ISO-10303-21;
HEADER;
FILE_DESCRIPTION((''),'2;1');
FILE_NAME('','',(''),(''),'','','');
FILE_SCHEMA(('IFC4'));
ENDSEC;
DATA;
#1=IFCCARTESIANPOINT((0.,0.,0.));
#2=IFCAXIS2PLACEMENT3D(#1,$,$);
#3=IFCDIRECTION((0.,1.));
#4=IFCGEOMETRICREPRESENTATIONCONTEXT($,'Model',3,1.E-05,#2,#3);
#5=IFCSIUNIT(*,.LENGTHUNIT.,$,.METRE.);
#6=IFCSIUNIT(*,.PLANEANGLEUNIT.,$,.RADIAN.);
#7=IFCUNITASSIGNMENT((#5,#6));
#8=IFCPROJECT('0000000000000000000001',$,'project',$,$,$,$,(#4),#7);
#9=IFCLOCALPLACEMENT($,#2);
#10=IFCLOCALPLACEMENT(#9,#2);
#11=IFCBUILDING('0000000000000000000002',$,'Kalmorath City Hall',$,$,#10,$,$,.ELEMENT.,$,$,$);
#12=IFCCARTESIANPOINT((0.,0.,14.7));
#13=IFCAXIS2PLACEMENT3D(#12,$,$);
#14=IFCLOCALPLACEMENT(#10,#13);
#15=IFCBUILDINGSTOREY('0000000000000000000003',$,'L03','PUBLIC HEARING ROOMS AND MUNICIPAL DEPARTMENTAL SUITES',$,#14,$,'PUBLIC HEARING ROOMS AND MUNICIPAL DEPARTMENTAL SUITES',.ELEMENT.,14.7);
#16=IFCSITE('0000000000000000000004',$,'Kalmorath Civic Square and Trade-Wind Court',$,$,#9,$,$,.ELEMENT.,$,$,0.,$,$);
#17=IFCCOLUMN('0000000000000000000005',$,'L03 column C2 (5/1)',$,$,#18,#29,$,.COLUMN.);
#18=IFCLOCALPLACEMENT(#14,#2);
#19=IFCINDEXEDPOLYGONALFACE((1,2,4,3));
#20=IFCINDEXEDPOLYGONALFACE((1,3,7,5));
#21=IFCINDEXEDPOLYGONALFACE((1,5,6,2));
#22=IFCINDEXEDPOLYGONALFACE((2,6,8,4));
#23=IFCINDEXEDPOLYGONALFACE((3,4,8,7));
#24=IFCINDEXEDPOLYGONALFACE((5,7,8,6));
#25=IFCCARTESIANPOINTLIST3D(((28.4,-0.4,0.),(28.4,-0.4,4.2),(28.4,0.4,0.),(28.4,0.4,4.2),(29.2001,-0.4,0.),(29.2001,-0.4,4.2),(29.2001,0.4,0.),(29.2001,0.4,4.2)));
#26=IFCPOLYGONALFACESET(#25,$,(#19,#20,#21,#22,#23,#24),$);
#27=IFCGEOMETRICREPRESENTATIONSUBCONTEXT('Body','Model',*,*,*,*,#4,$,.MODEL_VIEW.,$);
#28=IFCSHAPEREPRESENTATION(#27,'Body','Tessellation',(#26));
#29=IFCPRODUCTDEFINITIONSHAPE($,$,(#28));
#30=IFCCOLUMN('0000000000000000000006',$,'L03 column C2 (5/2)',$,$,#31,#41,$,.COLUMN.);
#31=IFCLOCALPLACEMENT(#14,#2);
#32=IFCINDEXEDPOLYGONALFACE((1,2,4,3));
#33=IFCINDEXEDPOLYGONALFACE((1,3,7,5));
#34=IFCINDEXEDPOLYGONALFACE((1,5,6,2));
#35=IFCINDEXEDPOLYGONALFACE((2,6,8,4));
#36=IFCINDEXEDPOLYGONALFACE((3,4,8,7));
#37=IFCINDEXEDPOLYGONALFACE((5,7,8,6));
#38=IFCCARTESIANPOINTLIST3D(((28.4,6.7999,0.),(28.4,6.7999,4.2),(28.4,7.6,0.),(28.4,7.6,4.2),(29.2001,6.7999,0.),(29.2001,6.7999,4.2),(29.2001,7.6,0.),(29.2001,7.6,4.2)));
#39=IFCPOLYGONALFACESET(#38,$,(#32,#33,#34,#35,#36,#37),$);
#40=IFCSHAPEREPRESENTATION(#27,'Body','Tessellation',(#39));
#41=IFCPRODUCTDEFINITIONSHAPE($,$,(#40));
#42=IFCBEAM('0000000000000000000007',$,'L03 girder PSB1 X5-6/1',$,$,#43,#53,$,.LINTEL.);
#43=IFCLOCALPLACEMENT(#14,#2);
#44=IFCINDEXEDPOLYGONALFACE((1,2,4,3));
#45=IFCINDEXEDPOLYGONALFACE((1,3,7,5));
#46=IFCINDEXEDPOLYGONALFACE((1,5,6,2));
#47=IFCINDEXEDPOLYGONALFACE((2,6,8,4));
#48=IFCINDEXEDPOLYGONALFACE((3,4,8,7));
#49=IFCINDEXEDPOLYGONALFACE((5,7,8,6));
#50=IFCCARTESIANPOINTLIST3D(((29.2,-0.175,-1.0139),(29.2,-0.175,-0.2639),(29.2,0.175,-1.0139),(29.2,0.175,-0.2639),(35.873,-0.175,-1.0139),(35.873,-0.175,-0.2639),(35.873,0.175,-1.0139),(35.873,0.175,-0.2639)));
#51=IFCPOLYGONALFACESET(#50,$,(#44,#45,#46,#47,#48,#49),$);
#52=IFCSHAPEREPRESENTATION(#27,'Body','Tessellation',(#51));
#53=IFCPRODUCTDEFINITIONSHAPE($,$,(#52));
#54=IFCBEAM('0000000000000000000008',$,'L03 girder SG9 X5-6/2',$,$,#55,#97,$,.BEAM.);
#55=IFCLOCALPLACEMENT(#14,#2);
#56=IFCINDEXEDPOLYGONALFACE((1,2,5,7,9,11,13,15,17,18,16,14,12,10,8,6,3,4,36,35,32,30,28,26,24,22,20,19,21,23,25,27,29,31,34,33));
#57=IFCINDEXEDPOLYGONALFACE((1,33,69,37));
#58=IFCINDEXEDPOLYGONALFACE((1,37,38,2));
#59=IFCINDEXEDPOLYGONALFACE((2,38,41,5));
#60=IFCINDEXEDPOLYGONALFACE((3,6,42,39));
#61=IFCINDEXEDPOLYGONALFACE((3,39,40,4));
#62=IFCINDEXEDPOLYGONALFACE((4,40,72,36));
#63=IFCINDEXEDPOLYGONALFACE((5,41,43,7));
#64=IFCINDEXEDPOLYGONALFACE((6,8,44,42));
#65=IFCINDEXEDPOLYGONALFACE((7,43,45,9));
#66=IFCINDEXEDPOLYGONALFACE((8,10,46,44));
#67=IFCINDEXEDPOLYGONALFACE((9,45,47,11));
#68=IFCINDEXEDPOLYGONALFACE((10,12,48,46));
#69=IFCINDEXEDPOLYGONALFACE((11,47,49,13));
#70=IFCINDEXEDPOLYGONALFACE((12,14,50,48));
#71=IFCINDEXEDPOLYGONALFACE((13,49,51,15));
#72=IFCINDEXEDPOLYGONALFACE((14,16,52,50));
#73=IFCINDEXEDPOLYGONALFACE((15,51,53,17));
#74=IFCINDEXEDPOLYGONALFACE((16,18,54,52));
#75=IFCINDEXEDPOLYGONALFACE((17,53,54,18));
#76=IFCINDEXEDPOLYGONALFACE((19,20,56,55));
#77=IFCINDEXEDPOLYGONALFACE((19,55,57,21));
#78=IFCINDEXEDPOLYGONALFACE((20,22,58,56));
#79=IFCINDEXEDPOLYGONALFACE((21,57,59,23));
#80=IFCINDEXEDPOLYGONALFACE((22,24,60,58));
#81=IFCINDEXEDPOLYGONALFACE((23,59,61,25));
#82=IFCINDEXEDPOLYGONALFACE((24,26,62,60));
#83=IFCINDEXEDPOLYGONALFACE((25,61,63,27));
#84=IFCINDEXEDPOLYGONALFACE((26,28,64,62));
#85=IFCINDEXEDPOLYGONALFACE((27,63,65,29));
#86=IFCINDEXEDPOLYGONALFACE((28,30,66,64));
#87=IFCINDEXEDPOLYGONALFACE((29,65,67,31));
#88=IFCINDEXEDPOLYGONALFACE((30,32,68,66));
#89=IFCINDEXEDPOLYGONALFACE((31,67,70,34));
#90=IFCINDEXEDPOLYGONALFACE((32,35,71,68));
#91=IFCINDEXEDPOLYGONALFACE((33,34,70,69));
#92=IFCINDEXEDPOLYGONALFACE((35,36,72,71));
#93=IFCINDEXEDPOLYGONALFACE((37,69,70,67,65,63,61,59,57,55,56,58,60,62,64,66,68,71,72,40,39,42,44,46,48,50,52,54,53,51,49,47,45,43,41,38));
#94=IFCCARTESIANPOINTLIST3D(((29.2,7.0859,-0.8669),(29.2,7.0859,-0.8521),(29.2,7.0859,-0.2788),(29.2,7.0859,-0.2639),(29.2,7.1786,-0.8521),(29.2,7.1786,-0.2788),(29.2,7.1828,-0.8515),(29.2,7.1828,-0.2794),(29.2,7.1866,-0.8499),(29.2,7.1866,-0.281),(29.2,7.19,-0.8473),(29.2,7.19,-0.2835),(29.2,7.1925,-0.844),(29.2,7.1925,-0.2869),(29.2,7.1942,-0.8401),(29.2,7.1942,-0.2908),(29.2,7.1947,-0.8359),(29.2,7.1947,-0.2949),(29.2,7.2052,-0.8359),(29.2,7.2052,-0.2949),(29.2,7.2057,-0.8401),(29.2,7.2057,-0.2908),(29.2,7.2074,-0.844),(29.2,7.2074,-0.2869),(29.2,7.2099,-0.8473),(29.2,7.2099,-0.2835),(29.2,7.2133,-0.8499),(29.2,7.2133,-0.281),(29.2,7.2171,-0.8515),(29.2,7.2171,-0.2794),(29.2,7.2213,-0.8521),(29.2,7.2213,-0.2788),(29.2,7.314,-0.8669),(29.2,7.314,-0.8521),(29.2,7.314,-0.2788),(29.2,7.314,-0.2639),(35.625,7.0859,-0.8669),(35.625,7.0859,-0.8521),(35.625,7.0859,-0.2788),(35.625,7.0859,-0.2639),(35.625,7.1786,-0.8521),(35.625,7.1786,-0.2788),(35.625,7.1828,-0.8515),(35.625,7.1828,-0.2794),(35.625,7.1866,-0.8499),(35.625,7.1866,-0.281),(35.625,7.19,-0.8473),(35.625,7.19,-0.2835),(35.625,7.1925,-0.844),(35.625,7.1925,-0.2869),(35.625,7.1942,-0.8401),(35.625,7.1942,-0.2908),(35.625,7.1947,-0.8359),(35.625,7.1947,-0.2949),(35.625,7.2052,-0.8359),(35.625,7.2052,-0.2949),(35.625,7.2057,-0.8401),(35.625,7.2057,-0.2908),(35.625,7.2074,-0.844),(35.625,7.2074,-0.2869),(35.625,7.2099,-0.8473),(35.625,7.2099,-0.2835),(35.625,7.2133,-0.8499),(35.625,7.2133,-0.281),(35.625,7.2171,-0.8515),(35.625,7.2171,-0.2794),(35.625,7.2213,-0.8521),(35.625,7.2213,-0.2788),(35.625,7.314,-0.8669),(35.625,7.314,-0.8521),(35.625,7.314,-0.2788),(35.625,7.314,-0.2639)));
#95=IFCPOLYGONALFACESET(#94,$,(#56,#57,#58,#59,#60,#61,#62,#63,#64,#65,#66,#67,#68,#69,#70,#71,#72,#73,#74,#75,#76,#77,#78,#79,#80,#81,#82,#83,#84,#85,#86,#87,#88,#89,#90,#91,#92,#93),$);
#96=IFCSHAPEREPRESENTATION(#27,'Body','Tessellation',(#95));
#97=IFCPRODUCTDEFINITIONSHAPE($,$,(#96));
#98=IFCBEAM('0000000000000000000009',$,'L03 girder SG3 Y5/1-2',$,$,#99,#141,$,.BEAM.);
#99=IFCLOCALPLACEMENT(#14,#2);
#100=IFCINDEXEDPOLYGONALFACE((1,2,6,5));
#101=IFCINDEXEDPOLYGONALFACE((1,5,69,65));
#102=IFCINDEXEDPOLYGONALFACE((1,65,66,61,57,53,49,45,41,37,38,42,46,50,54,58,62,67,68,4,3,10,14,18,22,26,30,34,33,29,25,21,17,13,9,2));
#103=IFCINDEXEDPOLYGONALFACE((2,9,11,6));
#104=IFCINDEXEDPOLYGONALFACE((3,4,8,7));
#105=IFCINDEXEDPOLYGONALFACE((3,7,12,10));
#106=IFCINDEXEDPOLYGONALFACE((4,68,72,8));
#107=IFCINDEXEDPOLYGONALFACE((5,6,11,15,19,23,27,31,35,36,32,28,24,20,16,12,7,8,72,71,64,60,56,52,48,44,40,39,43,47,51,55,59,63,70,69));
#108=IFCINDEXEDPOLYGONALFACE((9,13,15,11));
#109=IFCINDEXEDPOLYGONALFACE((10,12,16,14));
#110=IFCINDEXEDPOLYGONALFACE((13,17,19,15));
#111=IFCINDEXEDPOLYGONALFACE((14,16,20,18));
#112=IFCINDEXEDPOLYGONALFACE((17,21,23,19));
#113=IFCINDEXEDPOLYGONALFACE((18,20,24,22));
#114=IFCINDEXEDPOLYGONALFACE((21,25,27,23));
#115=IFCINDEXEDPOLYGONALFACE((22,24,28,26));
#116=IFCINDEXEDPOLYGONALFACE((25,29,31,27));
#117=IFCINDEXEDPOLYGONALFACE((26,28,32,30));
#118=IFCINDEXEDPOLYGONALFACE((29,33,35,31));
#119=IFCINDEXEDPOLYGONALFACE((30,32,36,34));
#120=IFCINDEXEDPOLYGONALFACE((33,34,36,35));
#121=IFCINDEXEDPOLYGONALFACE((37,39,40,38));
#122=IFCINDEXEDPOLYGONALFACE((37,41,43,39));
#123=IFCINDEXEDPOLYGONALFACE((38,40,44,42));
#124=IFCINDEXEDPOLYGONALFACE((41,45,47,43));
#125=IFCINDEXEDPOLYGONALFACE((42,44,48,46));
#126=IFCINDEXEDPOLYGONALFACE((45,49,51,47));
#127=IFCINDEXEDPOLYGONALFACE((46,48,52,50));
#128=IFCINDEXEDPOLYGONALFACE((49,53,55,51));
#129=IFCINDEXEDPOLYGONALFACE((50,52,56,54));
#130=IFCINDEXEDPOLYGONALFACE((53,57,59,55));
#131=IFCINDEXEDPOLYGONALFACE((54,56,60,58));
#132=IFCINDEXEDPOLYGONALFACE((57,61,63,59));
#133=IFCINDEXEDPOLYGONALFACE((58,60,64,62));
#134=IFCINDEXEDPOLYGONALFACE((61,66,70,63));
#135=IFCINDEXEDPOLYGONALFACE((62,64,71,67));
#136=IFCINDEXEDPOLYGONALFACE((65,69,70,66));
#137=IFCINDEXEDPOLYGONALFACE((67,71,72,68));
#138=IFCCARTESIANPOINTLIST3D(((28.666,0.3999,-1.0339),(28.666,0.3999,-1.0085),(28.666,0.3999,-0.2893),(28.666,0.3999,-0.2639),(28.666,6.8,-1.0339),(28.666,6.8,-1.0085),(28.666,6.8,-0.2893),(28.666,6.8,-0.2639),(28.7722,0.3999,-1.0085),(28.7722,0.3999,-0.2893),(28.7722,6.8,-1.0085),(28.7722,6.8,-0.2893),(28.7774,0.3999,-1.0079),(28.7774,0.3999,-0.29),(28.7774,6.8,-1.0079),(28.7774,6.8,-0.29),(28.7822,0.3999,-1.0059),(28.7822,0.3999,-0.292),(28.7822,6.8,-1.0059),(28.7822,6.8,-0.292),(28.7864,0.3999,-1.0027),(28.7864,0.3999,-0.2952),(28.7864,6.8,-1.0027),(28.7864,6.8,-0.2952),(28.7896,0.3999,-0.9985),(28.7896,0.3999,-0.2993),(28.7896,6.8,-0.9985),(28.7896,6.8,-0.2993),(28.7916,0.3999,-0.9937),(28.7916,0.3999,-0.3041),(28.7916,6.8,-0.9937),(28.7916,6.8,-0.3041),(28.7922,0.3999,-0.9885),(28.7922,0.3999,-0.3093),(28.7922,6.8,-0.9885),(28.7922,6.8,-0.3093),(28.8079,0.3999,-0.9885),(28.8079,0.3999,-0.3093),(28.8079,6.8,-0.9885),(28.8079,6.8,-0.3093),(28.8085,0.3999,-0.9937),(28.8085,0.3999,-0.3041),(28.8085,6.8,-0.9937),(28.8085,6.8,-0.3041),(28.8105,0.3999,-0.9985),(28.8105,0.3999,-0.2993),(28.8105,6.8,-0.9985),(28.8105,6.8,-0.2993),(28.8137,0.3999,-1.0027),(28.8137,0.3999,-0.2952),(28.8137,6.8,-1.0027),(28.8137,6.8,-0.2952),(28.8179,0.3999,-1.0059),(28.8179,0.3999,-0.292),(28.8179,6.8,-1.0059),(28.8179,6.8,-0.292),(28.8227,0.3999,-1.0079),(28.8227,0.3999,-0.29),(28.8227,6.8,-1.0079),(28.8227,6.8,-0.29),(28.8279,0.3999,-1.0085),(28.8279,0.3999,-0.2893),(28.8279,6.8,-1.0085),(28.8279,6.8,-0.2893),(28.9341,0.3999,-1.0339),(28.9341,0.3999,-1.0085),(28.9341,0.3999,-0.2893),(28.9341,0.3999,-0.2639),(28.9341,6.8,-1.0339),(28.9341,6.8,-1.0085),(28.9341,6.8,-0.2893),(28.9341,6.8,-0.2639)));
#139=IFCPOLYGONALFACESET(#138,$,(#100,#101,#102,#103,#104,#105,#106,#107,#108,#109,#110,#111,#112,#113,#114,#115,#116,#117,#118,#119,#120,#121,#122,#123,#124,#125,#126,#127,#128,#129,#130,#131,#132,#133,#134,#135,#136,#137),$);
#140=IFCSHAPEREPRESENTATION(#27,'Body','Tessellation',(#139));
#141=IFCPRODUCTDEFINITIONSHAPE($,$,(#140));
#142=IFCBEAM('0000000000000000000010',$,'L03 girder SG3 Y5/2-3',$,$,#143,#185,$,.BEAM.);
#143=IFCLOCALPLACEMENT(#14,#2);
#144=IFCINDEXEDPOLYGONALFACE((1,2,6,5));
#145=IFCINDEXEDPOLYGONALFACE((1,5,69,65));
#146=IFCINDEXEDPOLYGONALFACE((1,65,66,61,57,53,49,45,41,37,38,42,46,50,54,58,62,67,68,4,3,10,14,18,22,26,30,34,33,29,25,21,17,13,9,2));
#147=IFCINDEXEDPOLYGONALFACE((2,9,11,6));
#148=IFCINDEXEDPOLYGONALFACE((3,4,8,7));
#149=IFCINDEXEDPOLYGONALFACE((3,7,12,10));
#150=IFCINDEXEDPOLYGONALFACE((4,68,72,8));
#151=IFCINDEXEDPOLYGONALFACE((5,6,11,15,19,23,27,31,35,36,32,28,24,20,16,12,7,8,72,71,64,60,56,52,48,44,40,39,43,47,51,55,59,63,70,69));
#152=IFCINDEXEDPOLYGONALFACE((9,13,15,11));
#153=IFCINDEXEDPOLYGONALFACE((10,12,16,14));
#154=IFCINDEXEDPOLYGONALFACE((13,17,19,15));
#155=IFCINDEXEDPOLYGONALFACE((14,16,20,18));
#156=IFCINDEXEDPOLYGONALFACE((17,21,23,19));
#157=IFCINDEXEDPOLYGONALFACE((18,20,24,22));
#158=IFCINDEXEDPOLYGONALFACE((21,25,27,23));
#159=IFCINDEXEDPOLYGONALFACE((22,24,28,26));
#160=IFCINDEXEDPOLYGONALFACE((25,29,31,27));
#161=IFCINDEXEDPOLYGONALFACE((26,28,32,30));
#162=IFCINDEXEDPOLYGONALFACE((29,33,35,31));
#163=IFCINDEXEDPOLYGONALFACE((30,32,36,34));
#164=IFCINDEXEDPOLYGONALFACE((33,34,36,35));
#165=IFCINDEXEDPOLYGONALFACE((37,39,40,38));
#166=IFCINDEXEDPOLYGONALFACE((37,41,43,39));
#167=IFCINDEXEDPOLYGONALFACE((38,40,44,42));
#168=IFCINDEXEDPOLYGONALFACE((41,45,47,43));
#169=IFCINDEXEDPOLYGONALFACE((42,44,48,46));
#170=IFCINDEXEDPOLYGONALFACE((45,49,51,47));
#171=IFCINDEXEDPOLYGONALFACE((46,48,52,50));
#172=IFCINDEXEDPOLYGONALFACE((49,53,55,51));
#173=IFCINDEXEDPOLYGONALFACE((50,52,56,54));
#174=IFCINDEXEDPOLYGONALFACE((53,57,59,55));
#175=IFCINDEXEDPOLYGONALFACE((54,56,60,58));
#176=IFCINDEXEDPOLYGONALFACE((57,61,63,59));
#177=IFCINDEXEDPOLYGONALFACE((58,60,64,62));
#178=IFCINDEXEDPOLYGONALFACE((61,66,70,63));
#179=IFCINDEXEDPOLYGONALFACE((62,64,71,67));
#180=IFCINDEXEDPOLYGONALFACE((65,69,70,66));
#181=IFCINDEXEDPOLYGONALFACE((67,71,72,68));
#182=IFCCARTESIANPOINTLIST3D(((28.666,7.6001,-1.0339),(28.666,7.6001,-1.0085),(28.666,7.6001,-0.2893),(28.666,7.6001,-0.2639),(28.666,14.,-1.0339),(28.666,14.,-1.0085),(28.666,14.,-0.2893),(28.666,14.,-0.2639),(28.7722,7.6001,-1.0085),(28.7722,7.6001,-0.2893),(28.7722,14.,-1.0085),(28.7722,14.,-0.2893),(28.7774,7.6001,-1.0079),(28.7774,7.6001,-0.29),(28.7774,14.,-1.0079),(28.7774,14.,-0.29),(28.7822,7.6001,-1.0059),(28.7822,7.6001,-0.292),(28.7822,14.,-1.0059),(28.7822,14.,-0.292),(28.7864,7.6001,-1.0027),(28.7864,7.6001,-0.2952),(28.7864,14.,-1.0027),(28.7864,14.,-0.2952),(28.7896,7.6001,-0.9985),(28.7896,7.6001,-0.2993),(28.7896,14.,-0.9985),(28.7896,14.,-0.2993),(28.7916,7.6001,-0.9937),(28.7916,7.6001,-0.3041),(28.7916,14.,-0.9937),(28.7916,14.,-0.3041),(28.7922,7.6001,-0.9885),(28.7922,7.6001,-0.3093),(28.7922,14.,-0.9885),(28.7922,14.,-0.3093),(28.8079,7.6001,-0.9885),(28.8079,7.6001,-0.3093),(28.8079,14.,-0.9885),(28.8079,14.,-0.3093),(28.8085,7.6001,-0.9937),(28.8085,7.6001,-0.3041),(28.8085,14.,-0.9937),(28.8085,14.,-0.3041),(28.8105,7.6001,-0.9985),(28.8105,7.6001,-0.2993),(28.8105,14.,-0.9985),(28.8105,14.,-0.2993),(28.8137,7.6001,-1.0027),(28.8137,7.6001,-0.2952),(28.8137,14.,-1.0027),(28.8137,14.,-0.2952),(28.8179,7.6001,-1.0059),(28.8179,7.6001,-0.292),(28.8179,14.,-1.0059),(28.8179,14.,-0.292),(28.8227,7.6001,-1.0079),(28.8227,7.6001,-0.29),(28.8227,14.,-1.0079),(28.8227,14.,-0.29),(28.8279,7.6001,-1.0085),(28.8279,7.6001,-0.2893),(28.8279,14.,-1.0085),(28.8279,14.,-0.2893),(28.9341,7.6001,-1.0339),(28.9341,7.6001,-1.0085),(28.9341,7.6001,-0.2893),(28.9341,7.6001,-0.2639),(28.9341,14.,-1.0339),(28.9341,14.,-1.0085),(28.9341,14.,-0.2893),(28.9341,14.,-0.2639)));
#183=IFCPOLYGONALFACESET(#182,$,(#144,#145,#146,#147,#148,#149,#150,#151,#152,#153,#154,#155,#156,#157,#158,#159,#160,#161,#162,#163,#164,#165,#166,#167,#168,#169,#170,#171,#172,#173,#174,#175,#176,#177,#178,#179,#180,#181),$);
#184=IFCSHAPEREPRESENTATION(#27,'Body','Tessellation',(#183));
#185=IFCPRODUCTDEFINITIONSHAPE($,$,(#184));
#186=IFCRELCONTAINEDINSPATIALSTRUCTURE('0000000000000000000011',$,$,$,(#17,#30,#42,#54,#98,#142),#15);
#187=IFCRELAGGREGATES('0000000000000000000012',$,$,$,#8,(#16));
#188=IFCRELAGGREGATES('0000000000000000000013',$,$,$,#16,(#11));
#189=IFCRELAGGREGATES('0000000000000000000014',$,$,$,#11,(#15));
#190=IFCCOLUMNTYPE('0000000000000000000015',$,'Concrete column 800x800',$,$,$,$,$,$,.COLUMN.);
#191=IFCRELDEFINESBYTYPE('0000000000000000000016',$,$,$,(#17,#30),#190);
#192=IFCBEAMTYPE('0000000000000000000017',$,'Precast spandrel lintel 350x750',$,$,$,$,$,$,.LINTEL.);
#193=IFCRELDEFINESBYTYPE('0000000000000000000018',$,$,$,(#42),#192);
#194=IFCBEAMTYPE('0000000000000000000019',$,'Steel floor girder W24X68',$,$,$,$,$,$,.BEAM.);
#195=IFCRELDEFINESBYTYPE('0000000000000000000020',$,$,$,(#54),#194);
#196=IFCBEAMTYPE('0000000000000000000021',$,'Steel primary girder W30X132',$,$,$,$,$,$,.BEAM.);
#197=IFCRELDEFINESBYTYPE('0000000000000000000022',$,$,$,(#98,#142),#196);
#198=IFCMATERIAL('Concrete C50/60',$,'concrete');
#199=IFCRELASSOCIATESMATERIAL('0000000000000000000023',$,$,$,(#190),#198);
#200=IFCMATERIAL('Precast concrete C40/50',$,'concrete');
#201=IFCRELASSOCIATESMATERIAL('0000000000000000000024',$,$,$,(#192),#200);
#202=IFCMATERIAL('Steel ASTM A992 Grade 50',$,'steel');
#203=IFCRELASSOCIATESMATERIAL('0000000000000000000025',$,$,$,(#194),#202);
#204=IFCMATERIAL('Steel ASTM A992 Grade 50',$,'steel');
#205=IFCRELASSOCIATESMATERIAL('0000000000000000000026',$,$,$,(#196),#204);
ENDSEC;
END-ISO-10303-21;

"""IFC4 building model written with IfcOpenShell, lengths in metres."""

from ifc_helpers import new_model, si_unit, direction, frame, origin, origin_2d, place, context, subcontext, project, spatial, rectangle, i_section, extrude, material, material_profile, profile_set, type_object, element, save


model = new_model("IFC4")

# Units and contexts
model_context = context("Model", 3, precision=1e-05, world=origin(), true_north=direction((0.0, 1.0)))
body_context = subcontext(model_context, "Body", "Model", "MODEL_VIEW")
ifc_project = project(units=[si_unit("LENGTHUNIT", "METRE"), si_unit("PLANEANGLEUNIT", "RADIAN")], contexts=[model_context])

# Site, building, storey
site_placement = place(None, origin())
site = spatial("IfcSite", under=ifc_project, at=site_placement, Name="Kalmorath Civic Square and Trade-Wind Court", CompositionType="ELEMENT", RefElevation=0.0)
building_placement = place(site_placement, origin())
building = spatial("IfcBuilding", under=site, at=building_placement, Name="Kalmorath City Hall", CompositionType="ELEMENT")
storey_placement = place(building_placement, frame((0.0, 0.0, 14.7)))
storey = spatial("IfcBuildingStorey", under=building, at=storey_placement, Name="L03", Description="PUBLIC HEARING ROOMS AND MUNICIPAL DEPARTMENTAL SUITES", LongName="PUBLIC HEARING ROOMS AND MUNICIPAL DEPARTMENTAL SUITES", CompositionType="ELEMENT", Elevation=14.7)

# Columns
ifc_material_1 = material(Name="Concrete C50/60", Category="concrete")
ifc_material_profile_1 = material_profile(ifc_material_1, rectangle(XDim=0.8, YDim=0.8, at=origin_2d()), Name="RC-COL-800X800")
ifc_profile_set_1 = profile_set([ifc_material_profile_1], Name="Concrete C50/60")
column_type = type_object("IfcColumnType", Name="Concrete column 800x800", PredefinedType="COLUMN", material=ifc_profile_set_1)
for number, where, z_axis, x_axis, name in (
    (1, (28.8, 0.0, 0.0), (0.0, 0.0, 1.0), (1.0, 0.0, 0.0), "L03 column C2 (5/1)"),
    (2, (28.8, 7.2, 0.0), (0.0, 0.0, 1.0), (1.0, 0.0, 0.0), "L03 column C2 (5/2)"),
):
    element("IfcColumn", number, at=place(storey_placement, frame(where, z_axis=z_axis, x_axis=x_axis)), inside=storey, type_object=column_type, Name=name, PredefinedType="COLUMN", context=body_context, shape_type="SweptSolid", body=[
        extrude(rectangle(XDim=0.8, YDim=0.8, at=origin_2d()), origin(), (0.0, 0.0, 1.0), 4.2),
    ])

# Beams
ifc_material_2 = material(Name="Precast concrete C40/50", Category="concrete")
ifc_material_profile_2 = material_profile(ifc_material_2, rectangle(XDim=0.3501, YDim=0.75, at=origin_2d()), Name="PC-SP-350X750")
ifc_profile_set_2 = profile_set([ifc_material_profile_2], Name="Precast concrete C40/50")
beam_type_1 = type_object("IfcBeamType", Name="Precast spandrel lintel 350x750", PredefinedType="LINTEL", material=ifc_profile_set_2)
beam_1_placement = place(storey_placement, frame((29.2, 0.0, -0.6389), z_axis=(1.0, 0.0, 0.0), x_axis=(0.0, 1.0, 0.0)))
element("IfcBeam", 3, at=beam_1_placement, inside=storey, type_object=beam_type_1, Name="L03 girder PSB1 X5-6/1", PredefinedType="LINTEL", context=body_context, shape_type="SweptSolid", body=[
    extrude(rectangle(XDim=0.3501, YDim=0.75, at=origin_2d()), origin(), (0.0, 0.0, 1.0), 6.6731),
])
ifc_material_3 = material(Name="Steel ASTM A992 Grade 50", Category="steel")
ifc_material_profile_3 = material_profile(ifc_material_3, i_section(OverallWidth=0.228, OverallDepth=0.603, WebThickness=0.0105, FlangeThickness=0.0149, FilletRadius=0.0161, at=origin_2d()), Name="W24X68")
ifc_profile_set_3 = profile_set([ifc_material_profile_3], Name="Steel ASTM A992 Grade 50")
beam_type_2 = type_object("IfcBeamType", Name="Steel floor girder W24X68", PredefinedType="BEAM", material=ifc_profile_set_3)
beam_2_placement = place(storey_placement, frame((29.2, 7.2, -0.5654), z_axis=(1.0, 0.0, 0.0), x_axis=(0.0, 1.0, 0.0)))
element("IfcBeam", 4, at=beam_2_placement, inside=storey, type_object=beam_type_2, Name="L03 girder SG9 X5-6/2", PredefinedType="BEAM", context=body_context, shape_type="SweptSolid", body=[
    extrude(i_section(OverallWidth=0.228, OverallDepth=0.603, WebThickness=0.0105, FlangeThickness=0.0149, FilletRadius=0.0161, at=origin_2d()), origin(), (0.0, 0.0, 1.0), 6.425),
])
ifc_material_4 = material(Name="Steel ASTM A992 Grade 50", Category="steel")
ifc_material_profile_4 = material_profile(ifc_material_4, i_section(OverallWidth=0.2681, OverallDepth=0.77, WebThickness=0.0156, FlangeThickness=0.0254, FilletRadius=0.02, at=origin_2d()), Name="W30X132")
ifc_profile_set_4 = profile_set([ifc_material_profile_4], Name="Steel ASTM A992 Grade 50")
beam_type_3 = type_object("IfcBeamType", Name="Steel primary girder W30X132", PredefinedType="BEAM", material=ifc_profile_set_4)
beam_3_placement = place(storey_placement, frame((28.8, 0.3999, -0.6489), z_axis=(0.0, 1.0, 0.0), x_axis=(-1.0, 0.0, 0.0)))
element("IfcBeam", 5, at=beam_3_placement, inside=storey, type_object=beam_type_3, Name="L03 girder SG3 Y5/1-2", PredefinedType="BEAM", context=body_context, shape_type="SweptSolid", body=[
    extrude(i_section(OverallWidth=0.2681, OverallDepth=0.77, WebThickness=0.0156, FlangeThickness=0.0254, FilletRadius=0.02, at=origin_2d()), origin(), (0.0, 0.0, 1.0), 6.4001),
])
beam_4_placement = place(storey_placement, frame((28.8, 7.6001, -0.6489), z_axis=(0.0, 1.0, 0.0), x_axis=(-1.0, 0.0, 0.0)))
element("IfcBeam", 6, at=beam_4_placement, inside=storey, type_object=beam_type_3, Name="L03 girder SG3 Y5/2-3", PredefinedType="BEAM", context=body_context, shape_type="SweptSolid", body=[
    extrude(i_section(OverallWidth=0.2681, OverallDepth=0.77, WebThickness=0.0156, FlangeThickness=0.0254, FilletRadius=0.02, at=origin_2d()), origin(), (0.0, 0.0, 1.0), 6.3999),
])

save(model, "model.ifc")
